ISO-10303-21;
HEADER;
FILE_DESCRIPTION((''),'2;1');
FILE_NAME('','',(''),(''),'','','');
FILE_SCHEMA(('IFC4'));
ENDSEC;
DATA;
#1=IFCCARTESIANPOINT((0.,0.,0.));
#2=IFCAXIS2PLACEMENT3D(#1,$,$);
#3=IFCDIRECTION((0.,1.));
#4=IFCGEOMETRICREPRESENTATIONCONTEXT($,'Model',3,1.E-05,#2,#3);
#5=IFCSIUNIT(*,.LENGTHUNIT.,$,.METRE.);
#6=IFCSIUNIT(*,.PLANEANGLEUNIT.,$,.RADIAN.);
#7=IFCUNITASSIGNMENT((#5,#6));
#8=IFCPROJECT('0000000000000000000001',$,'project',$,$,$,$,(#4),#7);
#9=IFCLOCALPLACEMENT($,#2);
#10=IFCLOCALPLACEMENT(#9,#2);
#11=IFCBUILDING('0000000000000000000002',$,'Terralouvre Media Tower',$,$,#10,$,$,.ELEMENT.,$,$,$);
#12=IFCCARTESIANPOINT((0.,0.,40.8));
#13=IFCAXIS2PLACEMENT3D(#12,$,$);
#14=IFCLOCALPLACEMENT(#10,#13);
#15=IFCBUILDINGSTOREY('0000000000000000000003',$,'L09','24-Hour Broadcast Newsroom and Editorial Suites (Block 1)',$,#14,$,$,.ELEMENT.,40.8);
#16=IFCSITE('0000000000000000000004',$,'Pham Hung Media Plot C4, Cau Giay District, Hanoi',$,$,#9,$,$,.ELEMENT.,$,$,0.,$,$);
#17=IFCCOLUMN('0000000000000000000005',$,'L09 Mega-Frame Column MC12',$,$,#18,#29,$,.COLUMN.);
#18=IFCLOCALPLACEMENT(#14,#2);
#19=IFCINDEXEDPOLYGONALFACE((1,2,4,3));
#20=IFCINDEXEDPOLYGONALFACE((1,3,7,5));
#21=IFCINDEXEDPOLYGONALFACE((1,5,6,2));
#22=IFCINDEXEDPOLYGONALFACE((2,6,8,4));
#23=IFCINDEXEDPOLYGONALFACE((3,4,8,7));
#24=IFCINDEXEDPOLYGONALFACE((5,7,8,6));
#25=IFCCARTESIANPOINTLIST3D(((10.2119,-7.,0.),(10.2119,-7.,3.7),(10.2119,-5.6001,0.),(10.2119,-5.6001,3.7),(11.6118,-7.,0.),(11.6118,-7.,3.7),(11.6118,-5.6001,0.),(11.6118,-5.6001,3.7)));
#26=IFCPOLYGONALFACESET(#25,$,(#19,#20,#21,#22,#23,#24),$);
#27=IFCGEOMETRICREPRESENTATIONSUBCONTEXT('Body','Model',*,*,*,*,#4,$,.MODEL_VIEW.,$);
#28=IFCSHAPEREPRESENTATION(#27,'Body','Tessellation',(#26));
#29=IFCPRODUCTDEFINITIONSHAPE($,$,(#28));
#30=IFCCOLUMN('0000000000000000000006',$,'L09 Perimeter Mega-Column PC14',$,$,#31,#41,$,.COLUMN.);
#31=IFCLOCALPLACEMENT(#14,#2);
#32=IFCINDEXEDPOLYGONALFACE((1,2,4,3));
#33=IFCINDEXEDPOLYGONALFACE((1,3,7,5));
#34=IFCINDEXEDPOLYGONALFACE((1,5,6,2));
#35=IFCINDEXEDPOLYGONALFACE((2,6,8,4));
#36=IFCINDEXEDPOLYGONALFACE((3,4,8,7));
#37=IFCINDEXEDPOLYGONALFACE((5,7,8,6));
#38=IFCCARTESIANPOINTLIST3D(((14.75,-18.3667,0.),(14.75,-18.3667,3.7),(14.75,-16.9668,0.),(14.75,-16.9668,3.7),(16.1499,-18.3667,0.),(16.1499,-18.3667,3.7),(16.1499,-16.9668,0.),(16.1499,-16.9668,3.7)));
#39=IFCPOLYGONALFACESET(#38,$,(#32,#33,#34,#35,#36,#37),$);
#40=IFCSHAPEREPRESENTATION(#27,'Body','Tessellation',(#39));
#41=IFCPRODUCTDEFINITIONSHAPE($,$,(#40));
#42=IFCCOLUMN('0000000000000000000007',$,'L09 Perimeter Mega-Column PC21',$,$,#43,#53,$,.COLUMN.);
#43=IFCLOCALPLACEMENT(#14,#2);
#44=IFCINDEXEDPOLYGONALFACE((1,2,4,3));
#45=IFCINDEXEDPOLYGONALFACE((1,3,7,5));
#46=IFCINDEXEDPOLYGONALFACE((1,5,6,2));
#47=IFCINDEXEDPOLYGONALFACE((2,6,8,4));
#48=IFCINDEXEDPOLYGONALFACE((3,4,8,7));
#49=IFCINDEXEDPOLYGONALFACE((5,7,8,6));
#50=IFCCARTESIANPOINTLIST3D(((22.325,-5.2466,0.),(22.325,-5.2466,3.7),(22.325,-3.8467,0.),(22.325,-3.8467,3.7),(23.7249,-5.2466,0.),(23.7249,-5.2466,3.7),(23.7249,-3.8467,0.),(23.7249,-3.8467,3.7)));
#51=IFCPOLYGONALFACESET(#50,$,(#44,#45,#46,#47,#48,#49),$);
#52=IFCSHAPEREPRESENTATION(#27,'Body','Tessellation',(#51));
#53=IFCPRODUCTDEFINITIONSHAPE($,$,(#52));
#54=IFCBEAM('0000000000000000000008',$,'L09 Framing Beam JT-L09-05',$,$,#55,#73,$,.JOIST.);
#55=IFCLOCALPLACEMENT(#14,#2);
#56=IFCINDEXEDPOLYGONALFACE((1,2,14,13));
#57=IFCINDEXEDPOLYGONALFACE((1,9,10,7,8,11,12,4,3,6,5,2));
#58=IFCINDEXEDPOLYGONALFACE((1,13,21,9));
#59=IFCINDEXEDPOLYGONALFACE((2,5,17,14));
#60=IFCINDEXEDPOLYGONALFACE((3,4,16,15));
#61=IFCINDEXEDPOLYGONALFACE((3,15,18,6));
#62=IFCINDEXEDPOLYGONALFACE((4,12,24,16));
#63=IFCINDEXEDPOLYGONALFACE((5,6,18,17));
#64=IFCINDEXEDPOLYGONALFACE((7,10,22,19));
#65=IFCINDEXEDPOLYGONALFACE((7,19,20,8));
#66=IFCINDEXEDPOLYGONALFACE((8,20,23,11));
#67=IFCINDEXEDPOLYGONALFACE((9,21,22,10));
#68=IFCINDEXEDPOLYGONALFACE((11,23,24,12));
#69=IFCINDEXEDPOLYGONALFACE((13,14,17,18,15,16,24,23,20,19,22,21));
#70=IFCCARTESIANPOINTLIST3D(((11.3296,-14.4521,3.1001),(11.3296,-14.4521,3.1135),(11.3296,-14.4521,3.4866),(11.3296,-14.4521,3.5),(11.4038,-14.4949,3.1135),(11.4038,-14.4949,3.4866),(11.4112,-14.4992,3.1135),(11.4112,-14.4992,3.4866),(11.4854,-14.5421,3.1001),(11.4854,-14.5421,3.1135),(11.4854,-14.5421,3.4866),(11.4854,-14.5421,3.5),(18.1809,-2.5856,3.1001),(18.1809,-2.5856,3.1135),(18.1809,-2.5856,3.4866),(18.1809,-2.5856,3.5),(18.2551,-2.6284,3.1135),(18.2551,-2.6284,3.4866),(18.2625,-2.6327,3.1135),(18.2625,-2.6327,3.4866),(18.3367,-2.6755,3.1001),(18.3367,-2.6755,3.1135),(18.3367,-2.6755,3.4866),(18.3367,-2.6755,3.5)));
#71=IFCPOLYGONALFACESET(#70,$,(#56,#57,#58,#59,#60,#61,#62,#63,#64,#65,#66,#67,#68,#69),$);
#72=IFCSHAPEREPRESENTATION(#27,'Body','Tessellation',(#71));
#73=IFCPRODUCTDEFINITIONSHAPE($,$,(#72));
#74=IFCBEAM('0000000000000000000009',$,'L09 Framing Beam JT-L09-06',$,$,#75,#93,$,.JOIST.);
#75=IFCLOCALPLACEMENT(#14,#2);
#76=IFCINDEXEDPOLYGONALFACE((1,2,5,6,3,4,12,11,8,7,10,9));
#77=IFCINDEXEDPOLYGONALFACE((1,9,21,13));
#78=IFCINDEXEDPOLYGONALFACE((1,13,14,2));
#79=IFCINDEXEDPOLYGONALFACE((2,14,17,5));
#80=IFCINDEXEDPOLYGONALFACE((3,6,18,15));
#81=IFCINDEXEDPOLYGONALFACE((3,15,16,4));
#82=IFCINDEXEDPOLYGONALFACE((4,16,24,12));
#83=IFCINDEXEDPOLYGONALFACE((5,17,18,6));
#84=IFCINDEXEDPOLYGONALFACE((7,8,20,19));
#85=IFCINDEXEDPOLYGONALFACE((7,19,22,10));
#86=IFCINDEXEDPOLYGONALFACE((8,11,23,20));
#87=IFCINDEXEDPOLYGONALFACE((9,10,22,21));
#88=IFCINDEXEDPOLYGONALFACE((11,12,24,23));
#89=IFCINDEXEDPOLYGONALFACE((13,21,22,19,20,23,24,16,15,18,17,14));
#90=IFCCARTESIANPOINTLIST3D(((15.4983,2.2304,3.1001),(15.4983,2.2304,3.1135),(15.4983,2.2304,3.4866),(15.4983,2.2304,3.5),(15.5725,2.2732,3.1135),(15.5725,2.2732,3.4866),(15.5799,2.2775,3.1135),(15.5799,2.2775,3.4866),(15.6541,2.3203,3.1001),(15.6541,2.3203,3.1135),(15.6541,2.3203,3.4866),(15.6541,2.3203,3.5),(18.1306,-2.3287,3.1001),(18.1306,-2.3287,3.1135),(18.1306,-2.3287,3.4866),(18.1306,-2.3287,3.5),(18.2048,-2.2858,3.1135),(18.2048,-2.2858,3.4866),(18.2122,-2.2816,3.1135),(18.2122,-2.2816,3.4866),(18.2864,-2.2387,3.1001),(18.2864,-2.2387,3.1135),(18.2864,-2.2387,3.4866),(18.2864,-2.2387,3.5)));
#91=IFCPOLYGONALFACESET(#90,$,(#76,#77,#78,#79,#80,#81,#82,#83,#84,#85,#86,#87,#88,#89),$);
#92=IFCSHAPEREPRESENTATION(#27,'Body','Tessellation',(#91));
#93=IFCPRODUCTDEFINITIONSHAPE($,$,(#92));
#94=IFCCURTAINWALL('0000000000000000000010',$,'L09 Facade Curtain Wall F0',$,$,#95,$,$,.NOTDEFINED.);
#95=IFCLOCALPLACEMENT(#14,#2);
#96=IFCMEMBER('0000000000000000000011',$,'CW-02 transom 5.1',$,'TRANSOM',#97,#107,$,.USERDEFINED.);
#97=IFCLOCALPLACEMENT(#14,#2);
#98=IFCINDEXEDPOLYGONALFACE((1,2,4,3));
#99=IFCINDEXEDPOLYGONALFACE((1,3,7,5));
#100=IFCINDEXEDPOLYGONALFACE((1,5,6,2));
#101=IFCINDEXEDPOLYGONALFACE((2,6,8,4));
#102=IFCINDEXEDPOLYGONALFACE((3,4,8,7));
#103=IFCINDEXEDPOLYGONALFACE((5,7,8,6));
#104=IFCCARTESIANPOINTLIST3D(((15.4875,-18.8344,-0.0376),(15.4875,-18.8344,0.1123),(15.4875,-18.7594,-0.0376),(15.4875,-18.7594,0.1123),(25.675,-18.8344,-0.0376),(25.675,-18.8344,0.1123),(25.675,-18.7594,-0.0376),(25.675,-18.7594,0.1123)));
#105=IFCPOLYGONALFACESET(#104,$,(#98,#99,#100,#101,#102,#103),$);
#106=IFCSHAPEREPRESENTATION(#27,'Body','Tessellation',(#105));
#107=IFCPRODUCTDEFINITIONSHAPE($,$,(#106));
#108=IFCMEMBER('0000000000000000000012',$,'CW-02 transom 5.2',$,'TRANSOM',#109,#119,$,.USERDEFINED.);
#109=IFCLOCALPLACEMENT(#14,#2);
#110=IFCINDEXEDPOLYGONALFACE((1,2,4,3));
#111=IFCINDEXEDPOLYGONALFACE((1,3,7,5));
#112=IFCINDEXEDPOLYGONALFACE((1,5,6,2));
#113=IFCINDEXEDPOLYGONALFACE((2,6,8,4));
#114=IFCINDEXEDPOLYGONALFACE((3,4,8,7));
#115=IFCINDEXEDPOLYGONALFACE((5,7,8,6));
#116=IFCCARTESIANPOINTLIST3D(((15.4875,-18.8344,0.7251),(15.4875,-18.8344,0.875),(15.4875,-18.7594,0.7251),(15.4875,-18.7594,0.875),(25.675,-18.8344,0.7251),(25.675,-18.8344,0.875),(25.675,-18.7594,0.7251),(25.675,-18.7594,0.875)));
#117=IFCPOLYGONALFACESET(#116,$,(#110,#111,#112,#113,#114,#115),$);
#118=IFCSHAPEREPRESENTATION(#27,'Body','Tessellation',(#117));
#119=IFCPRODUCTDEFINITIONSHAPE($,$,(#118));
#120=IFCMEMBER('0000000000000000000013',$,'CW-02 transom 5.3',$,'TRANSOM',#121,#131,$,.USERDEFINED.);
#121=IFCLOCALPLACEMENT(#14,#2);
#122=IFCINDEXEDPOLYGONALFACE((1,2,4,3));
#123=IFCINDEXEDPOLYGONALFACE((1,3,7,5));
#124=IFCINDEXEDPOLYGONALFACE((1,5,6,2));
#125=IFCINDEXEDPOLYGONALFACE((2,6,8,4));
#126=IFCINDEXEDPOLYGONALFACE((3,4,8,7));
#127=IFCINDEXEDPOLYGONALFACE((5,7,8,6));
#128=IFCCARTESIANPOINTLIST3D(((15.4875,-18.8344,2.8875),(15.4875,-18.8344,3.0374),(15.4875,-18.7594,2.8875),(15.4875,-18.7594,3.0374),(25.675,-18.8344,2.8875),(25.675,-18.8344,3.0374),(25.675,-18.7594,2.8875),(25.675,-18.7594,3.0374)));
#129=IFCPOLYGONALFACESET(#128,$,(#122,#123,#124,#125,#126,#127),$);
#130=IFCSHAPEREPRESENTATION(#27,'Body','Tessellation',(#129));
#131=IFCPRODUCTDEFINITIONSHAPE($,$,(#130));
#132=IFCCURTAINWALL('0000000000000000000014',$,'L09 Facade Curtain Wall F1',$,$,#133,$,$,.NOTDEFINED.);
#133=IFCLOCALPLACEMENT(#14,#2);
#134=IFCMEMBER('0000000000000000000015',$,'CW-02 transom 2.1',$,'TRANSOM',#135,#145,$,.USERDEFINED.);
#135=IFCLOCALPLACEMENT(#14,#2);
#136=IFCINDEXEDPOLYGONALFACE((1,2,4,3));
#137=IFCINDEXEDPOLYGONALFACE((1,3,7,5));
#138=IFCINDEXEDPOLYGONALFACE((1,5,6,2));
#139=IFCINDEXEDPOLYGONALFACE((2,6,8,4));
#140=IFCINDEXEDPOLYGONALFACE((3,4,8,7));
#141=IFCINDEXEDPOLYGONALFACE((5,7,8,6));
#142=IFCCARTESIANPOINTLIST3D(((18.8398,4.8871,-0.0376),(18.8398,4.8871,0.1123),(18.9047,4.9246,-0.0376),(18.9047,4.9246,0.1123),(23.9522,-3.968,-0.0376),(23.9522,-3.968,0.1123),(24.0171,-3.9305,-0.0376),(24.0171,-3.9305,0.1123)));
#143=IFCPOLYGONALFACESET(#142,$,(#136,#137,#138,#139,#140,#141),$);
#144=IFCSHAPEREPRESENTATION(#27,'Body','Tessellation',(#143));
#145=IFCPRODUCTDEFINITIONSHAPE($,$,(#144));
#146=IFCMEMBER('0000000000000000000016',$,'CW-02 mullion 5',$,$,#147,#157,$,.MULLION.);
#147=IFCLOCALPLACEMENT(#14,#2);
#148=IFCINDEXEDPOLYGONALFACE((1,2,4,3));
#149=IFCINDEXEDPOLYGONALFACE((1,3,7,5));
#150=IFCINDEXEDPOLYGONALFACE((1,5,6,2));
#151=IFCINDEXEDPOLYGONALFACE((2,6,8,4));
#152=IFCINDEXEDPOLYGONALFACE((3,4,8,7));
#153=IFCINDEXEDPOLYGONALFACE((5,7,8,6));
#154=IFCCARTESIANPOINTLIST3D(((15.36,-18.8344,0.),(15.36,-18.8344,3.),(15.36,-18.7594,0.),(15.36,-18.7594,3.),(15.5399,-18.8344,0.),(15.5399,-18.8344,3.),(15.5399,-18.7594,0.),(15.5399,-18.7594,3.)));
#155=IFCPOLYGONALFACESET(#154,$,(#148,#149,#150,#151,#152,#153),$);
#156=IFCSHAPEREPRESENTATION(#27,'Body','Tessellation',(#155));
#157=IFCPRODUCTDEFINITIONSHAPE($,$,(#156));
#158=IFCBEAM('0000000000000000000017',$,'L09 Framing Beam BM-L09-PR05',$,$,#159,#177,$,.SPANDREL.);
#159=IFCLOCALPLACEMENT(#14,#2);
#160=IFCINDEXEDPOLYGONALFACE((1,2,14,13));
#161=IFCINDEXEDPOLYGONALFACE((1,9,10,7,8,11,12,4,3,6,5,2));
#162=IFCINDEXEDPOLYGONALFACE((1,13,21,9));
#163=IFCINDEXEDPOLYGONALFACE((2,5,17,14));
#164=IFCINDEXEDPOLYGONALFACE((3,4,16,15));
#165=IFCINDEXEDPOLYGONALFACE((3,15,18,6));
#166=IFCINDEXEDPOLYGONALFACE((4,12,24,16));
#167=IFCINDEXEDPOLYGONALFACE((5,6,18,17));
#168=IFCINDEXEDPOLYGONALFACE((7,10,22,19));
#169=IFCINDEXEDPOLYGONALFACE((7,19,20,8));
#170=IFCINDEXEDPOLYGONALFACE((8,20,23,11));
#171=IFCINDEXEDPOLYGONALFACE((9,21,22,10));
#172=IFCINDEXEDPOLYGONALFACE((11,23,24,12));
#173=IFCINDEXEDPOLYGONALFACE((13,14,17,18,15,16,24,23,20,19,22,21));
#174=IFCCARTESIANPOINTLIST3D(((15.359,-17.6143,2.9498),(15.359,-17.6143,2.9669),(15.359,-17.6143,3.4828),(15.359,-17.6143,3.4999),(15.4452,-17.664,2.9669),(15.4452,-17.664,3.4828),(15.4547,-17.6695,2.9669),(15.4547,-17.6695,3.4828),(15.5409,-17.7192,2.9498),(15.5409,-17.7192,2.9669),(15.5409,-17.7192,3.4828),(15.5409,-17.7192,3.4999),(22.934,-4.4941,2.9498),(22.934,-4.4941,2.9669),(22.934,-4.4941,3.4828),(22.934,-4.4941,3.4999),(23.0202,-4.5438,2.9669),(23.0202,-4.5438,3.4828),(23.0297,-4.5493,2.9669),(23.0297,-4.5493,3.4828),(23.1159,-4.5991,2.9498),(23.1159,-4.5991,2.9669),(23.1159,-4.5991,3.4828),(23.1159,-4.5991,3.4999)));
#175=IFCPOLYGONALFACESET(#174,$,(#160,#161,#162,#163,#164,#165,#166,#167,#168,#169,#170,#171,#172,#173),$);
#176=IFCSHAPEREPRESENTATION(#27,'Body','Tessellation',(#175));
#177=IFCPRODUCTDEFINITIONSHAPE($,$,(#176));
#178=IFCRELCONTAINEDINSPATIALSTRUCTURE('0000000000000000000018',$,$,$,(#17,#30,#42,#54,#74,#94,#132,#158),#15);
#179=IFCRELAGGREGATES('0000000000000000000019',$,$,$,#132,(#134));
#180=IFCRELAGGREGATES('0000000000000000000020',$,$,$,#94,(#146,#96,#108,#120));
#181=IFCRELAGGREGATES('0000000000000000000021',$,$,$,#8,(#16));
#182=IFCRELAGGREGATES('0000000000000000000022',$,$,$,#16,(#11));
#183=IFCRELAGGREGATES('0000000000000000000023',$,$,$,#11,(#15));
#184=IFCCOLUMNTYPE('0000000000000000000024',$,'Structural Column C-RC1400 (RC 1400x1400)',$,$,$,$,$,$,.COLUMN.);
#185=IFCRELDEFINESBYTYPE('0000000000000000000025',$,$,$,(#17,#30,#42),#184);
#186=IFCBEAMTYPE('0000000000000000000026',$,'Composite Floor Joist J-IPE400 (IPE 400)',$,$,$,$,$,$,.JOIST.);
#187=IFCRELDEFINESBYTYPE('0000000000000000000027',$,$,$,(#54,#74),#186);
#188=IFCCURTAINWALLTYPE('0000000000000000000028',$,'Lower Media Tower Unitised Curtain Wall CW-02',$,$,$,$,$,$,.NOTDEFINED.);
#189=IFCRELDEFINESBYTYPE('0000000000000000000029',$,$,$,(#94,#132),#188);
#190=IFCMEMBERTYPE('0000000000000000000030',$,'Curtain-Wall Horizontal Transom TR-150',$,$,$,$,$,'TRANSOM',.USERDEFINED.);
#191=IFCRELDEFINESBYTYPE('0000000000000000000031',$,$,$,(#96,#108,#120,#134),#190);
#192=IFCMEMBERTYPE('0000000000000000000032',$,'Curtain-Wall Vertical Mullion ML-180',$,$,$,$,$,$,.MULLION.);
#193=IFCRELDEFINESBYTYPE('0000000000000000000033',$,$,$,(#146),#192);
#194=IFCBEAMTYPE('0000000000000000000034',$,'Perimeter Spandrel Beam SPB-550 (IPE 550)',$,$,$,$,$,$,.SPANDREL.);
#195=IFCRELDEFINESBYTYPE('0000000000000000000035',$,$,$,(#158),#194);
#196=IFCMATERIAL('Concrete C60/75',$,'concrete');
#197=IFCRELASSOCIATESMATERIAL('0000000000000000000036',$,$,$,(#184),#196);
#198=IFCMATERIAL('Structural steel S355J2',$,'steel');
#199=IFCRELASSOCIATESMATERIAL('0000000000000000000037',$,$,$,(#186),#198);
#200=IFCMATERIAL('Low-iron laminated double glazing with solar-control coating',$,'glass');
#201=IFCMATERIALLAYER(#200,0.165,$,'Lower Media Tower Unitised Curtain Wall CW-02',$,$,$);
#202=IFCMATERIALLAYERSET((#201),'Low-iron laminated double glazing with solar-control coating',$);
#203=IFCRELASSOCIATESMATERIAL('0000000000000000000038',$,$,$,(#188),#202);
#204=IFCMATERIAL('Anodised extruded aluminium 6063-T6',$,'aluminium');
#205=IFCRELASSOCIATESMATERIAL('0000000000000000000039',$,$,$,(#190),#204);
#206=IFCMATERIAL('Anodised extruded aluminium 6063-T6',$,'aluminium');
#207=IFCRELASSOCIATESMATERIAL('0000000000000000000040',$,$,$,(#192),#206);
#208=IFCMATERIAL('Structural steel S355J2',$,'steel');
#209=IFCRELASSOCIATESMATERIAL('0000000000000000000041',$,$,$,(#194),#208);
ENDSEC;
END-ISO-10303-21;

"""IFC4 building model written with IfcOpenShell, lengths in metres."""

from ifc_helpers import new_model, si_unit, direction, frame, origin, origin_2d, place, context, subcontext, project, spatial, rectangle, i_section, extrude, material, layer, layer_set, material_profile, profile_set, type_object, element, aggregate, save


model = new_model("IFC4")

# Units and contexts
model_context = context("Model", 3, precision=1e-05, world=origin(), true_north=direction((0.0, 1.0)))
body_context = subcontext(model_context, "Body", "Model", "MODEL_VIEW")
ifc_project = project(units=[si_unit("LENGTHUNIT", "METRE"), si_unit("PLANEANGLEUNIT", "RADIAN")], contexts=[model_context])

# Site, building, storey
site_placement = place(None, origin())
site = spatial("IfcSite", under=ifc_project, at=site_placement, Name="Pham Hung Media Plot C4, Cau Giay District, Hanoi", CompositionType="ELEMENT", RefElevation=0.0)
building_placement = place(site_placement, origin())
building = spatial("IfcBuilding", under=site, at=building_placement, Name="Terralouvre Media Tower", CompositionType="ELEMENT")
storey_placement = place(building_placement, frame((0.0, 0.0, 40.8)))
storey = spatial("IfcBuildingStorey", under=building, at=storey_placement, Name="L09", Description="24-Hour Broadcast Newsroom and Editorial Suites (Block 1)", CompositionType="ELEMENT", Elevation=40.8)

# Columns
ifc_material_1 = material(Name="Concrete C60/75", Category="concrete")
ifc_material_profile_1 = material_profile(ifc_material_1, rectangle(XDim=1.3999, YDim=1.3999, at=origin_2d()), Name="RC 1400x1400")
ifc_profile_set_1 = profile_set([ifc_material_profile_1], Name="Concrete C60/75")
column_type = type_object("IfcColumnType", Name="Structural Column C-RC1400 (RC 1400x1400)", PredefinedType="COLUMN", material=ifc_profile_set_1)
for number, where, z_axis, x_axis, name in (
    (1, (10.9119, -6.3, 0.0), (0.0, 0.0, 1.0), (1.0, 0.0, 0.0), "L09 Mega-Frame Column MC12"),
    (2, (15.45, -17.6667, 0.0), (0.0, 0.0, 1.0), (1.0, 0.0, 0.0), "L09 Perimeter Mega-Column PC14"),
    (3, (23.0249, -4.5466, 0.0), (0.0, 0.0, 1.0), (1.0, 0.0, 0.0), "L09 Perimeter Mega-Column PC21"),
):
    element("IfcColumn", number, at=place(storey_placement, frame(where, z_axis=z_axis, x_axis=x_axis)), inside=storey, type_object=column_type, Name=name, PredefinedType="COLUMN", context=body_context, shape_type="SweptSolid", body=[
        extrude(rectangle(XDim=1.3999, YDim=1.3999, at=origin_2d()), origin(), (0.0, 0.0, 1.0), 3.7),
    ])

# Beams
ifc_material_2 = material(Name="Structural steel S355J2", Category="steel")
ifc_material_profile_2 = material_profile(ifc_material_2, i_section(OverallWidth=0.1799, OverallDepth=0.3999, WebThickness=0.0085, FlangeThickness=0.0134, at=origin_2d()), Name="IPE 400")
ifc_profile_set_2 = profile_set([ifc_material_profile_2], Name="Structural steel S355J2")
beam_type_1 = type_object("IfcBeamType", Name="Composite Floor Joist J-IPE400 (IPE 400)", PredefinedType="JOIST", material=ifc_profile_set_2)
beam_1_placement = place(storey_placement, frame((11.4075, -14.4971, 3.3), z_axis=(0.500012, 0.866019, 0.0), x_axis=(-0.866019, 0.500012, 0.0)))
element("IfcBeam", 4, at=beam_1_placement, inside=storey, type_object=beam_type_1, Name="L09 Framing Beam JT-L09-05", PredefinedType="JOIST", context=body_context, shape_type="SweptSolid", body=[
    extrude(i_section(OverallWidth=0.1799, OverallDepth=0.3999, WebThickness=0.0085, FlangeThickness=0.0134, at=origin_2d()), origin(), (0.0, 0.0, 1.0), 13.7024),
])
beam_2_placement = place(storey_placement, frame((18.2085, -2.2837, 3.3), z_axis=(-0.50002, 0.866014, 0.0), x_axis=(-0.866014, -0.50002, 0.0)))
element("IfcBeam", 5, at=beam_2_placement, inside=storey, type_object=beam_type_1, Name="L09 Framing Beam JT-L09-06", PredefinedType="JOIST", context=body_context, shape_type="SweptSolid", body=[
    extrude(i_section(OverallWidth=0.1799, OverallDepth=0.3999, WebThickness=0.0085, FlangeThickness=0.0134, at=origin_2d()), origin(), (0.0, 0.0, 1.0), 5.2644),
])

# Curtain wall, members
ifc_material_3 = material(Name="Low-iron laminated double glazing with solar-control coating", Category="glass")
ifc_layer_1 = layer(ifc_material_3, 0.165, Name="Lower Media Tower Unitised Curtain Wall CW-02")
ifc_layer_set_1 = layer_set([ifc_layer_1], Name="Low-iron laminated double glazing with solar-control coating")
curtain_wall_type = type_object("IfcCurtainWallType", Name="Lower Media Tower Unitised Curtain Wall CW-02", PredefinedType="NOTDEFINED", material=ifc_layer_set_1)
curtain_wall_1_placement = place(storey_placement, origin())
curtain_wall_1 = element("IfcCurtainWall", 6, at=curtain_wall_1_placement, inside=storey, type_object=curtain_wall_type, Name="L09 Facade Curtain Wall F0", PredefinedType="NOTDEFINED")
ifc_material_4 = material(Name="Anodised extruded aluminium 6063-T6", Category="aluminium")
ifc_material_profile_3 = material_profile(ifc_material_4, rectangle(XDim=0.075, YDim=0.1499, at=origin_2d()), Name="ALU 75x150")
ifc_profile_set_3 = profile_set([ifc_material_profile_3], Name="Anodised extruded aluminium 6063-T6")
member_type_1 = type_object("IfcMemberType", Name="Curtain-Wall Horizontal Transom TR-150", ElementType="TRANSOM", PredefinedType="USERDEFINED", material=ifc_profile_set_3)
member_1_placement = place(storey_placement, frame((15.4875, -18.7969, 0.0374), z_axis=(1.0, 0.0, 0.0), x_axis=(0.0, 1.0, 0.0)))
member_1 = element("IfcMember", 7, at=member_1_placement, type_object=member_type_1, Name="CW-02 transom 5.1", ObjectType="TRANSOM", PredefinedType="USERDEFINED", context=body_context, shape_type="SweptSolid", body=[
    extrude(rectangle(XDim=0.075, YDim=0.1499, at=origin_2d()), origin(), (0.0, 0.0, 1.0), 10.1875),
])
member_2_placement = place(storey_placement, frame((15.4875, -18.7969, 0.8), z_axis=(1.0, 0.0, 0.0), x_axis=(0.0, 1.0, 0.0)))
member_2 = element("IfcMember", 8, at=member_2_placement, type_object=member_type_1, Name="CW-02 transom 5.2", ObjectType="TRANSOM", PredefinedType="USERDEFINED", context=body_context, shape_type="SweptSolid", body=[
    extrude(rectangle(XDim=0.075, YDim=0.1499, at=origin_2d()), origin(), (0.0, 0.0, 1.0), 10.1875),
])
member_3_placement = place(storey_placement, frame((15.4875, -18.7969, 2.9624), z_axis=(1.0, 0.0, 0.0), x_axis=(0.0, 1.0, 0.0)))
member_3 = element("IfcMember", 9, at=member_3_placement, type_object=member_type_1, Name="CW-02 transom 5.3", ObjectType="TRANSOM", PredefinedType="USERDEFINED", context=body_context, shape_type="SweptSolid", body=[
    extrude(rectangle(XDim=0.075, YDim=0.1499, at=origin_2d()), origin(), (0.0, 0.0, 1.0), 10.1875),
])

# Curtain wall, member
curtain_wall_2_placement = place(storey_placement, origin())
curtain_wall_2 = element("IfcCurtainWall", 10, at=curtain_wall_2_placement, inside=storey, type_object=curtain_wall_type, Name="L09 Facade Curtain Wall F1", PredefinedType="NOTDEFINED")
member_4_placement = place(storey_placement, frame((23.9846, -3.9492, 0.0374), z_axis=(-0.499991, 0.866031, 0.0), x_axis=(-0.866031, -0.499991, 0.0)))
member_4 = element("IfcMember", 11, at=member_4_placement, type_object=member_type_1, Name="CW-02 transom 2.1", ObjectType="TRANSOM", PredefinedType="USERDEFINED", context=body_context, shape_type="SweptSolid", body=[
    extrude(rectangle(XDim=0.075, YDim=0.1499, at=origin_2d()), origin(), (0.0, 0.0, 1.0), 10.2249),
])
aggregate(curtain_wall_2, [member_4])

# Member
ifc_material_5 = material(Name="Anodised extruded aluminium 6063-T6", Category="aluminium")
ifc_material_profile_4 = material_profile(ifc_material_5, rectangle(XDim=0.075, YDim=0.1799, at=origin_2d()), Name="ALU 75x180")
ifc_profile_set_4 = profile_set([ifc_material_profile_4], Name="Anodised extruded aluminium 6063-T6")
member_type_2 = type_object("IfcMemberType", Name="Curtain-Wall Vertical Mullion ML-180", PredefinedType="MULLION", material=ifc_profile_set_4)
member_5_placement = place(storey_placement, frame((15.45, -18.7969, 0.0), z_axis=(0.0, 0.0, 1.0), x_axis=(0.0, 1.0, 0.0)))
member_5 = element("IfcMember", 12, at=member_5_placement, type_object=member_type_2, Name="CW-02 mullion 5", PredefinedType="MULLION", context=body_context, shape_type="SweptSolid", body=[
    extrude(rectangle(XDim=0.075, YDim=0.1799, at=origin_2d()), origin(), (0.0, 0.0, 1.0), 3.0),
])

# Beam
ifc_material_6 = material(Name="Structural steel S355J2", Category="steel")
ifc_material_profile_5 = material_profile(ifc_material_6, i_section(OverallWidth=0.21, OverallDepth=0.55, WebThickness=0.011, FlangeThickness=0.0171, at=origin_2d()), Name="IPE 550")
ifc_profile_set_5 = profile_set([ifc_material_profile_5], Name="Structural steel S355J2")
beam_type_2 = type_object("IfcBeamType", Name="Perimeter Spandrel Beam SPB-550 (IPE 550)", PredefinedType="SPANDREL", material=ifc_profile_set_5)
beam_3_placement = place(storey_placement, frame((15.45, -17.6667, 3.2249), z_axis=(0.500002, 0.866024, 0.0), x_axis=(-0.866024, 0.500002, 0.0)))
element("IfcBeam", 13, at=beam_3_placement, inside=storey, type_object=beam_type_2, Name="L09 Framing Beam BM-L09-PR05", PredefinedType="SPANDREL", context=body_context, shape_type="SweptSolid", body=[
    extrude(i_section(OverallWidth=0.21, OverallDepth=0.55, WebThickness=0.011, FlangeThickness=0.0171, at=origin_2d()), origin(), (0.0, 0.0, 1.0), 15.1499),
])

aggregate(curtain_wall_1, [member_5, member_1, member_2, member_3])

save(model, "model.ifc")
